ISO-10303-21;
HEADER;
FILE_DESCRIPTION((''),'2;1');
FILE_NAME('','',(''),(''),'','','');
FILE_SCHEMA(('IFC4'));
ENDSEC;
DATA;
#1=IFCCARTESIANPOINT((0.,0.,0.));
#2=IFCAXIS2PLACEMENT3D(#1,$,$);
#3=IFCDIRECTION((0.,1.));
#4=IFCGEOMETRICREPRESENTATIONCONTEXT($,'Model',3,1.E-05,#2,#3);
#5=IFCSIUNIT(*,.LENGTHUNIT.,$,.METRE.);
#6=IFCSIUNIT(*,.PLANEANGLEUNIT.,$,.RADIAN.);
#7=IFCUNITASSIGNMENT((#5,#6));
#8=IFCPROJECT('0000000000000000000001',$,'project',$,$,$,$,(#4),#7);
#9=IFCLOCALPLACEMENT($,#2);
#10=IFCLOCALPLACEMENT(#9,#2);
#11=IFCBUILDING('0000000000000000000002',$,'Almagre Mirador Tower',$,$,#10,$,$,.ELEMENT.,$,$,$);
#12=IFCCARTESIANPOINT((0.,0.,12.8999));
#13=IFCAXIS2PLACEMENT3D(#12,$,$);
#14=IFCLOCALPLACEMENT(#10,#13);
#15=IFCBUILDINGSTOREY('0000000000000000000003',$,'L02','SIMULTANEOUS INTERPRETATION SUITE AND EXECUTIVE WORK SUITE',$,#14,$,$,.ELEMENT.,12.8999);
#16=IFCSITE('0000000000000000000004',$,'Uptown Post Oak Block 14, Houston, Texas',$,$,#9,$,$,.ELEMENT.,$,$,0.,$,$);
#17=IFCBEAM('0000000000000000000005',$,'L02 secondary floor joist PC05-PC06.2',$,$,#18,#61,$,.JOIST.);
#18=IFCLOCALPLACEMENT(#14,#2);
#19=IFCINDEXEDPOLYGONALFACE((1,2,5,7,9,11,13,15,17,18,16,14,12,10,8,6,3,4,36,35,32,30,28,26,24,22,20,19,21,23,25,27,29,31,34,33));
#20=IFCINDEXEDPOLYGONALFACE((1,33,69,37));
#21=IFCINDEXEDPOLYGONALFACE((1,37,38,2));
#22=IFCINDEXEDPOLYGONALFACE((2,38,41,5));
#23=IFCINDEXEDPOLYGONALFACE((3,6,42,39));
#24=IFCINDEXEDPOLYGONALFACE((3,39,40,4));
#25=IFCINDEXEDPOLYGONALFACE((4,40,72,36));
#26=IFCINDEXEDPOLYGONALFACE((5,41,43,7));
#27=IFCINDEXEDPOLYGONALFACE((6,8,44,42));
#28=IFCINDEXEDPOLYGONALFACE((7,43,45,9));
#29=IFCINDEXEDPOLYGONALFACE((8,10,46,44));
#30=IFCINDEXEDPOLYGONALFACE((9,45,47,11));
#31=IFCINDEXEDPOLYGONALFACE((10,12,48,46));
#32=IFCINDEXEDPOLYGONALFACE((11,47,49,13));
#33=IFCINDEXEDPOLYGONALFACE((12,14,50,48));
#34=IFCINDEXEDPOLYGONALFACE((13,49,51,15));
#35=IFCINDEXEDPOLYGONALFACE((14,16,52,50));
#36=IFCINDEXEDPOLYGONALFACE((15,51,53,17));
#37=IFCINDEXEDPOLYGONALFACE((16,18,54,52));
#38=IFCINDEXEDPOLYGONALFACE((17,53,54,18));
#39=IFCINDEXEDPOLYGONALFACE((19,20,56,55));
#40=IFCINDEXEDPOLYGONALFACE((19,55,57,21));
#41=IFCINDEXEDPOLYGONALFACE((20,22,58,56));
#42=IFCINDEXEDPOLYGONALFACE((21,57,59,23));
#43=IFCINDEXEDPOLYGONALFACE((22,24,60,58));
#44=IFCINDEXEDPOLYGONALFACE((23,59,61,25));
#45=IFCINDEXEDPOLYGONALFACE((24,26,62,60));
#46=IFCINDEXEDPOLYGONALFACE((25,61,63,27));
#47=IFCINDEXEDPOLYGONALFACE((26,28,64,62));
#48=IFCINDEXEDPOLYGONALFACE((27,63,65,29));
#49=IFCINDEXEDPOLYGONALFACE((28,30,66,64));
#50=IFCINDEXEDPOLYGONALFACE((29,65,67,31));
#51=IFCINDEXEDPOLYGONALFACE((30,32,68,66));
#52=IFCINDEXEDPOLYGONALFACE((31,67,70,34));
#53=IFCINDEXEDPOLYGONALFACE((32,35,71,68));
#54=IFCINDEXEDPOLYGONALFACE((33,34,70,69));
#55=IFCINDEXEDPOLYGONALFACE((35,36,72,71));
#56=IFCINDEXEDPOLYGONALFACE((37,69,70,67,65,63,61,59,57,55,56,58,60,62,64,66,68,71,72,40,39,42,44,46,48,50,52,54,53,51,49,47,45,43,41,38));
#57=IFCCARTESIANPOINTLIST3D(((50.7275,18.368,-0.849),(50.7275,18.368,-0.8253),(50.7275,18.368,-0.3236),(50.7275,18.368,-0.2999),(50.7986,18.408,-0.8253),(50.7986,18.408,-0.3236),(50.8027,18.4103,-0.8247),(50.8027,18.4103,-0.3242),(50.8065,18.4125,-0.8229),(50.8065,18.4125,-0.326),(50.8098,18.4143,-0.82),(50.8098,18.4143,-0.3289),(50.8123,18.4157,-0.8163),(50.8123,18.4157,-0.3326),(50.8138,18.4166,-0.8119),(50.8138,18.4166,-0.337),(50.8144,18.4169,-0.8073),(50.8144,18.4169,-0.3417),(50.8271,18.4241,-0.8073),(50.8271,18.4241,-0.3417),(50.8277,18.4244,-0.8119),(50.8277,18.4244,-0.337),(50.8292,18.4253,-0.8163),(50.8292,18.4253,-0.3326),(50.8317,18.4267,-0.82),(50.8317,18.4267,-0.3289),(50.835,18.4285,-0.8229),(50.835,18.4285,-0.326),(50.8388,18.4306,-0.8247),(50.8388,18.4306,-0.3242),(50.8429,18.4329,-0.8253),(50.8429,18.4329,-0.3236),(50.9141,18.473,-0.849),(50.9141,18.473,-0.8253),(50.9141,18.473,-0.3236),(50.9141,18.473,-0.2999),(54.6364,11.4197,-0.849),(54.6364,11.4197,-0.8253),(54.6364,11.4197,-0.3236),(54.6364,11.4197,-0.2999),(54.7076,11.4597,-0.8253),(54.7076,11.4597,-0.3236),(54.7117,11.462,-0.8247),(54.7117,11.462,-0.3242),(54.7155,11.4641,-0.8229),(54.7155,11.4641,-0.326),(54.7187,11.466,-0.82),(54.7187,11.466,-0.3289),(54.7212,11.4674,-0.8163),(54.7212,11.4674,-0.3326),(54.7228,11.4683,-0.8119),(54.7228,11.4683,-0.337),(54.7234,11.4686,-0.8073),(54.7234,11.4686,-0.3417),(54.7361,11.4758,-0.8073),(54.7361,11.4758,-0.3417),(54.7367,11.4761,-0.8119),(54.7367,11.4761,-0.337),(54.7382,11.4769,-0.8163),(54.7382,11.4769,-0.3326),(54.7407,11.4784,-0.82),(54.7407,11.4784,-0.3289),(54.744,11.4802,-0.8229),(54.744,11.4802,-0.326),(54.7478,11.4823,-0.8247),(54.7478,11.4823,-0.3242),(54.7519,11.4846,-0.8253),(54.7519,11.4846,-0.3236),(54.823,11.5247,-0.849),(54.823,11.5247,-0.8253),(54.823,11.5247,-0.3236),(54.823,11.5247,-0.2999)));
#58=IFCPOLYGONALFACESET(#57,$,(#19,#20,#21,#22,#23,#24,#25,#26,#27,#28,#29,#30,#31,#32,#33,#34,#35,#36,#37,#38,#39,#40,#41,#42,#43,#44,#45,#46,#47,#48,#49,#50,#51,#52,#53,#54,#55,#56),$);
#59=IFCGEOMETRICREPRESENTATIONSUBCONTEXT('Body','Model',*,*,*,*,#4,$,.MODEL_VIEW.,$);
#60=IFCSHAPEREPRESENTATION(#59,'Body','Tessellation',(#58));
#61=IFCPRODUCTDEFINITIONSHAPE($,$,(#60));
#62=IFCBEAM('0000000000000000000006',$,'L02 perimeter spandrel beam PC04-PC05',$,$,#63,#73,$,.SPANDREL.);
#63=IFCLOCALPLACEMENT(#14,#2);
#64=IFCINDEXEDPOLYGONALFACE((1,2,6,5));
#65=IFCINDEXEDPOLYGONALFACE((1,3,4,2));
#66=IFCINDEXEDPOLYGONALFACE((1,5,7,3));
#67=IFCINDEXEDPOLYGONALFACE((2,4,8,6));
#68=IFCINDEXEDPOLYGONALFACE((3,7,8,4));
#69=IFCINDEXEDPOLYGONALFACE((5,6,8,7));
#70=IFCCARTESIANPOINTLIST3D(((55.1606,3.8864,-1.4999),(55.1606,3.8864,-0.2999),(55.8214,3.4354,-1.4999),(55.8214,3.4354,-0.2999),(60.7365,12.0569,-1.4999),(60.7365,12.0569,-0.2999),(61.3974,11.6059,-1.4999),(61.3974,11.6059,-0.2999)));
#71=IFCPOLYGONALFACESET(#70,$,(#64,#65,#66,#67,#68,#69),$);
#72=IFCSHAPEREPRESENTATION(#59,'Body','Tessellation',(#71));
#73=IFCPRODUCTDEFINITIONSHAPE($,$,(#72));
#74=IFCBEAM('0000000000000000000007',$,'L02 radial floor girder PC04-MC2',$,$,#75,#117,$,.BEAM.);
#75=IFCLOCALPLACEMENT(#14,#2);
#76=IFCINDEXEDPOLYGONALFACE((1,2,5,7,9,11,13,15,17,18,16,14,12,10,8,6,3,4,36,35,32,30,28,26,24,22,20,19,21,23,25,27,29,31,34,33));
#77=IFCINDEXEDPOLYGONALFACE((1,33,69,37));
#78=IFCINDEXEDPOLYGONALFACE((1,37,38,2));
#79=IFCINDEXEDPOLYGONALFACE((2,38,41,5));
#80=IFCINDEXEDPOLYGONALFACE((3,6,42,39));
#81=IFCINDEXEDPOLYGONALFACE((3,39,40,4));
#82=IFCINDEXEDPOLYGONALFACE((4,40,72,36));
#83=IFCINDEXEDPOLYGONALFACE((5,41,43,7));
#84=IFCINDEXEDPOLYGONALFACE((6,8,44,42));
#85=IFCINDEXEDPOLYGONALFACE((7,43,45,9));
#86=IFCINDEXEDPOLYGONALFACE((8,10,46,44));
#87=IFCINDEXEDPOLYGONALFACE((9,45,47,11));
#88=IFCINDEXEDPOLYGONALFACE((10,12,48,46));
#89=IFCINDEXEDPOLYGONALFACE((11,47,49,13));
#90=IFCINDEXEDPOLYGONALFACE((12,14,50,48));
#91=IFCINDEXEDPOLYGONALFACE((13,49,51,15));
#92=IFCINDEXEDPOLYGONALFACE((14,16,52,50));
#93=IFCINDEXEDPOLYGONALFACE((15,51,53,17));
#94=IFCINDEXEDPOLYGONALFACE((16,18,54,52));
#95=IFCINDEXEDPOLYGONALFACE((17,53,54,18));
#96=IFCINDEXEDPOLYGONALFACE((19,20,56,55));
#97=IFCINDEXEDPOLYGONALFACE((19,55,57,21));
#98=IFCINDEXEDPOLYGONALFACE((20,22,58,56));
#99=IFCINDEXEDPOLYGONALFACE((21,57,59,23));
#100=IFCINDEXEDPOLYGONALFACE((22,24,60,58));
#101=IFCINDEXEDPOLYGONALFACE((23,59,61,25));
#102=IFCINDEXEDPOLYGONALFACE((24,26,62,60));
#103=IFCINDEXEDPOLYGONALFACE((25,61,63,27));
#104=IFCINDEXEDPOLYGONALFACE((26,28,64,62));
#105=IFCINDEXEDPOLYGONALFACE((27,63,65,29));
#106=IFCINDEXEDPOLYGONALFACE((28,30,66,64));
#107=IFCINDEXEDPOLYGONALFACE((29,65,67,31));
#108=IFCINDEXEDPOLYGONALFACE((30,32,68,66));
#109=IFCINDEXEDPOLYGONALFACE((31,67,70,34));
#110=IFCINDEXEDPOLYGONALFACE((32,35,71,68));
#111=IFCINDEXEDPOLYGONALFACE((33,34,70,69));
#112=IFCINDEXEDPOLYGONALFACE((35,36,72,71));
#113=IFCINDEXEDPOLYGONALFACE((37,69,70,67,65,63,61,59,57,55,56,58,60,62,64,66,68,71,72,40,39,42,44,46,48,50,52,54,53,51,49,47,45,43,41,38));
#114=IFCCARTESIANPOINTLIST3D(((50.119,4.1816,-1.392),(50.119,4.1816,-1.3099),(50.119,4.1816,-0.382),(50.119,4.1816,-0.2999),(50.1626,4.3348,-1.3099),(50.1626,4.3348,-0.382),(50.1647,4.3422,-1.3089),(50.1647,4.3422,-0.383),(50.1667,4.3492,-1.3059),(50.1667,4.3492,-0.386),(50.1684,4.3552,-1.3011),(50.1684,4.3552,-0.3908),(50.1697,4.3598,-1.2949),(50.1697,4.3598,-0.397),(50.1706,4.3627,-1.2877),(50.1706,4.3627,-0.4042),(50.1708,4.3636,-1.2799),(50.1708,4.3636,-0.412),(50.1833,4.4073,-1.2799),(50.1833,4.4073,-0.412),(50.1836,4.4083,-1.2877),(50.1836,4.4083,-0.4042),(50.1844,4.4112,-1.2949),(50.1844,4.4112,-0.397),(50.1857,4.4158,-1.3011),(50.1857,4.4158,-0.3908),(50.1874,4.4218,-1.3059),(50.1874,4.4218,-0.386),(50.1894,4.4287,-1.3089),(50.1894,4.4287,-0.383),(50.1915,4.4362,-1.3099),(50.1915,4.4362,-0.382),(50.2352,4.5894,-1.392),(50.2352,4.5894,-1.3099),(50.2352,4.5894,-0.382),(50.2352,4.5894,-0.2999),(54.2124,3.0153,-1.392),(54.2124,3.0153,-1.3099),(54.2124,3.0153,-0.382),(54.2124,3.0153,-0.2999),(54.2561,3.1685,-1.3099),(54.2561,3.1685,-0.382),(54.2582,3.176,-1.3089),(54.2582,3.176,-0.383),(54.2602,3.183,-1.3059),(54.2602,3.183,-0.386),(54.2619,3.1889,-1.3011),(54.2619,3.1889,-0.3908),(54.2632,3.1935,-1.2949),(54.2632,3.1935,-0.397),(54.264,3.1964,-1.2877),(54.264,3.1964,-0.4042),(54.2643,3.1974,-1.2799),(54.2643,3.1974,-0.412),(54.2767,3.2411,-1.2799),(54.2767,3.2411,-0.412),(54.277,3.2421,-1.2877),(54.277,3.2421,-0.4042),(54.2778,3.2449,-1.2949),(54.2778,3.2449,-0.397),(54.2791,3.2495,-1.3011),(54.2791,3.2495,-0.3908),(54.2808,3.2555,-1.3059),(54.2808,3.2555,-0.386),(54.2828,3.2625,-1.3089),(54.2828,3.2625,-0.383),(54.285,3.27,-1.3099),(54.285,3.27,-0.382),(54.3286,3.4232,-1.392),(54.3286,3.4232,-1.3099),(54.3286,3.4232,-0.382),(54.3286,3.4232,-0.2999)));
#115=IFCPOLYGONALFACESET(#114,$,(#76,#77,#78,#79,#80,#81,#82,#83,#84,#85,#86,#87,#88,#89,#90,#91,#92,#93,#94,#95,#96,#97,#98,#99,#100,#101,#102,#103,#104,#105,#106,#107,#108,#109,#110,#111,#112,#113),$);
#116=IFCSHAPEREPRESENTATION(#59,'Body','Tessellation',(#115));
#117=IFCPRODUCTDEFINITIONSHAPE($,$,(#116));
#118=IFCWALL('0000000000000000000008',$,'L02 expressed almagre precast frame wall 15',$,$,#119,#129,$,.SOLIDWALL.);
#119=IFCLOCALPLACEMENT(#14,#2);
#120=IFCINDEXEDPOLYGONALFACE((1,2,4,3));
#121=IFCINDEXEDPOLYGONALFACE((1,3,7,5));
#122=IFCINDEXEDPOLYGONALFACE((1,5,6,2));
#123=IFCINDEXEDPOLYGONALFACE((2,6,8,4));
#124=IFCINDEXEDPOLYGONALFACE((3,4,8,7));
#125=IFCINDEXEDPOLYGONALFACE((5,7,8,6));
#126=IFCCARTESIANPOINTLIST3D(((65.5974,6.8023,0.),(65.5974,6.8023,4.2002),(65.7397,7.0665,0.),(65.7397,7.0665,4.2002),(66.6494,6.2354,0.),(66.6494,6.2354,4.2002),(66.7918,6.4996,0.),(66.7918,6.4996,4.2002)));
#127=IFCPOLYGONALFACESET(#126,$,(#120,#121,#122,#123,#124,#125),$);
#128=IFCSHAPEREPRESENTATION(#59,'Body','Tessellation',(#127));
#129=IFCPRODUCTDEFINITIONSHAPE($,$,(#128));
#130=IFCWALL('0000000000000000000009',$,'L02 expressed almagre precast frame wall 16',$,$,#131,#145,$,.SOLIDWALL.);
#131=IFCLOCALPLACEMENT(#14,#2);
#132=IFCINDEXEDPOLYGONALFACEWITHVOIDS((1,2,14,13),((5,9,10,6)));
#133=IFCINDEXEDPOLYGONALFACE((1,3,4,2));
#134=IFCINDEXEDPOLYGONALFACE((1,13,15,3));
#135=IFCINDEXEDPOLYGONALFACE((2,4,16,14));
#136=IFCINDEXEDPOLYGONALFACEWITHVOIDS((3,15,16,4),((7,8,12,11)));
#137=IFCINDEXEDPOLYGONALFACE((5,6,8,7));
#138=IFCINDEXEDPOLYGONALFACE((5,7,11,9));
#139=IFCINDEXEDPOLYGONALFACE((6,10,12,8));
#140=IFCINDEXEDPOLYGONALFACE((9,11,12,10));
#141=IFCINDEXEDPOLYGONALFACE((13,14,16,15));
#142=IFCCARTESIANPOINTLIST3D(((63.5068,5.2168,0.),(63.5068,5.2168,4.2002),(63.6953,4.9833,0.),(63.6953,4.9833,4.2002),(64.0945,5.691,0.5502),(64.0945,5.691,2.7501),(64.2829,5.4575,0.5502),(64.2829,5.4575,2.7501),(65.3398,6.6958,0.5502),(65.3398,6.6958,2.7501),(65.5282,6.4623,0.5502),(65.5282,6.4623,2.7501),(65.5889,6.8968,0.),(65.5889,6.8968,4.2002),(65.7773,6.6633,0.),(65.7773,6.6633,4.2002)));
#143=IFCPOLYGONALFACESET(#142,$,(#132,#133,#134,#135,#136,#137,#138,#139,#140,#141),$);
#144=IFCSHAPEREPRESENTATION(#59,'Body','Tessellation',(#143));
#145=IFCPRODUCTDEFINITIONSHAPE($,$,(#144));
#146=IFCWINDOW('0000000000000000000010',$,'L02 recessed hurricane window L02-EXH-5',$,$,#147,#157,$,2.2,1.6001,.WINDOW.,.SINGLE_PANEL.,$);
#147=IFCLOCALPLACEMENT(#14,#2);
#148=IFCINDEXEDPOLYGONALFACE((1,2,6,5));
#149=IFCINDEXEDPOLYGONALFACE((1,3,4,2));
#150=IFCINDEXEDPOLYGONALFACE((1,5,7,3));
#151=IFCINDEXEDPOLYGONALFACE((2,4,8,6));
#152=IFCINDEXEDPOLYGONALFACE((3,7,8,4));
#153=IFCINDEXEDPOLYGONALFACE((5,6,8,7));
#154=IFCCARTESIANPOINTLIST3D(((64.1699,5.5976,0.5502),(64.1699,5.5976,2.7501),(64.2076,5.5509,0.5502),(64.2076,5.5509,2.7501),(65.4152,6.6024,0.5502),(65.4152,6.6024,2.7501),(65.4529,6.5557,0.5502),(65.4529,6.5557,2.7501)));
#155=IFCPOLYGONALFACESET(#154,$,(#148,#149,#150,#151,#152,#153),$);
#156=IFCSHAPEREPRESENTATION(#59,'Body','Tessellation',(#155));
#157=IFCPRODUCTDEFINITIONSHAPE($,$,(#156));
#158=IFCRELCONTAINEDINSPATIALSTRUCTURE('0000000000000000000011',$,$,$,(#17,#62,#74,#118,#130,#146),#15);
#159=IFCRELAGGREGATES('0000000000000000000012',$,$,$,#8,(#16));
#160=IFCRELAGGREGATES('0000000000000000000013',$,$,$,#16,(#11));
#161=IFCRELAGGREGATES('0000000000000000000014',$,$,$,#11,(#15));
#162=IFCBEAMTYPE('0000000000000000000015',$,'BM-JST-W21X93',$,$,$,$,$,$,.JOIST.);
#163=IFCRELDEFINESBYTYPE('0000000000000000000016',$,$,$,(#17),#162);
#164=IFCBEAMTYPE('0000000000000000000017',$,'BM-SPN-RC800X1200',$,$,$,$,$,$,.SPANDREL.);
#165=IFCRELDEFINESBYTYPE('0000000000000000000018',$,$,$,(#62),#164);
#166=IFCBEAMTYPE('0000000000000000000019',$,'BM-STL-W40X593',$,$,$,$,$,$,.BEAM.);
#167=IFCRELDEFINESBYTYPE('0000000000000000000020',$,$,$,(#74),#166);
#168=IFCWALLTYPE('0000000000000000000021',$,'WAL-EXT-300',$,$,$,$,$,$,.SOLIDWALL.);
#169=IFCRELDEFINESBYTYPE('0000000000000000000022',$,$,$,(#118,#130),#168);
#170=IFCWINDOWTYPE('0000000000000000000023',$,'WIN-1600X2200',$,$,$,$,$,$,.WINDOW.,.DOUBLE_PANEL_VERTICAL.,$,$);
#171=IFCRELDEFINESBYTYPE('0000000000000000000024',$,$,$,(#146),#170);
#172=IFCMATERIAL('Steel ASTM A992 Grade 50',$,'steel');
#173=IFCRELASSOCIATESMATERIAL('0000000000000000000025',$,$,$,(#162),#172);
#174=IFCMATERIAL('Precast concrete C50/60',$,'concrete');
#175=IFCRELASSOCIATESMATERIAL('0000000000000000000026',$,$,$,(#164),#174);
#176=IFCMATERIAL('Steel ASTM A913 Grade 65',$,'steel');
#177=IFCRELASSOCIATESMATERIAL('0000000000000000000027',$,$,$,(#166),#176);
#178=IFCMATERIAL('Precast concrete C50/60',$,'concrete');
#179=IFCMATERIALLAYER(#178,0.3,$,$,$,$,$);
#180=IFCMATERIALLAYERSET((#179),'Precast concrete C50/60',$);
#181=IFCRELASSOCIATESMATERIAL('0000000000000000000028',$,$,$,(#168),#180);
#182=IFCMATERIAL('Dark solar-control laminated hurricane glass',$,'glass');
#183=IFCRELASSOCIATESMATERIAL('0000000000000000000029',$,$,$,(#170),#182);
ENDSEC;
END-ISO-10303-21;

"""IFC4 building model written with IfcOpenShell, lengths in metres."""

from ifc_helpers import new_model, si_unit, direction, frame, frame_2d, origin, origin_2d, place, context, subcontext, project, spatial, rectangle, i_section, extrude, material, layer, layer_set, material_profile, profile_set, type_object, element, fill, save


model = new_model("IFC4")

# Units and contexts
model_context = context("Model", 3, precision=1e-05, world=origin(), true_north=direction((0.0, 1.0)))
body_context = subcontext(model_context, "Body", "Model", "MODEL_VIEW")
ifc_project = project(units=[si_unit("LENGTHUNIT", "METRE"), si_unit("PLANEANGLEUNIT", "RADIAN")], contexts=[model_context])

# Site, building, storey
site_placement = place(None, origin())
site = spatial("IfcSite", under=ifc_project, at=site_placement, Name="Uptown Post Oak Block 14, Houston, Texas", CompositionType="ELEMENT", RefElevation=0.0)
building_placement = place(site_placement, origin())
building = spatial("IfcBuilding", under=site, at=building_placement, Name="Almagre Mirador Tower", CompositionType="ELEMENT")
storey_placement = place(building_placement, frame((0.0, 0.0, 12.8999)))
storey = spatial("IfcBuildingStorey", under=building, at=storey_placement, Name="L02", Description="SIMULTANEOUS INTERPRETATION SUITE AND EXECUTIVE WORK SUITE", CompositionType="ELEMENT", Elevation=12.8999)

# Beams
ifc_material_1 = material(Name="Steel ASTM A992 Grade 50", Category="steel")
ifc_material_profile_1 = material_profile(ifc_material_1, i_section(OverallWidth=0.2141, OverallDepth=0.5491, WebThickness=0.0146, FlangeThickness=0.0237, FilletRadius=0.0181, at=origin_2d()), Name="W21X93")
ifc_profile_set_1 = profile_set([ifc_material_profile_1], Name="Steel ASTM A992 Grade 50")
beam_type_1 = type_object("IfcBeamType", Name="BM-JST-W21X93", PredefinedType="JOIST", material=ifc_profile_set_1)
beam_1_placement = place(storey_placement, frame((54.7297, 11.4722, -0.5745), z_axis=(-0.490314, 0.871546, 0.0), x_axis=(-0.871546, -0.490314, 0.0)))
element("IfcBeam", 1, at=beam_1_placement, inside=storey, type_object=beam_type_1, Name="L02 secondary floor joist PC05-PC06.2", PredefinedType="JOIST", context=body_context, shape_type="SweptSolid", body=[
    extrude(i_section(OverallWidth=0.2141, OverallDepth=0.5491, WebThickness=0.0146, FlangeThickness=0.0237, FilletRadius=0.0181, at=origin_2d()), origin(), (0.0, 0.0, 1.0), 7.9724),
])
ifc_material_2 = material(Name="Precast concrete C50/60", Category="concrete")
ifc_material_profile_2 = material_profile(ifc_material_2, rectangle(XDim=0.8, YDim=1.2, at=origin_2d()), Name="RC800X1200")
ifc_profile_set_2 = profile_set([ifc_material_profile_2], Name="Precast concrete C50/60")
beam_type_2 = type_object("IfcBeamType", Name="BM-SPN-RC800X1200", PredefinedType="SPANDREL", material=ifc_profile_set_2)
beam_2_placement = place(storey_placement, frame((55.491, 3.6609, -0.8999), z_axis=(0.563695, 0.825983, 0.0), x_axis=(-0.825983, 0.563695, 0.0)))
element("IfcBeam", 2, at=beam_2_placement, inside=storey, type_object=beam_type_2, Name="L02 perimeter spandrel beam PC04-PC05", PredefinedType="SPANDREL", context=body_context, shape_type="SweptSolid", body=[
    extrude(rectangle(XDim=0.8, YDim=1.2, at=origin_2d()), origin(), (0.0, 0.0, 1.0), 9.8918),
])
ifc_material_3 = material(Name="Steel ASTM A913 Grade 65", Category="steel")
ifc_material_profile_3 = material_profile(ifc_material_3, i_section(OverallWidth=0.4241, OverallDepth=1.092, WebThickness=0.0454, FlangeThickness=0.082, FilletRadius=0.03, at=origin_2d()), Name="W40X593")
ifc_profile_set_3 = profile_set([ifc_material_profile_3], Name="Steel ASTM A913 Grade 65")
beam_type_3 = type_object("IfcBeamType", Name="BM-STL-W40X593", PredefinedType="BEAM", material=ifc_profile_set_3)
beam_3_placement = place(storey_placement, frame((54.2705, 3.2192, -0.8459), z_axis=(-0.961729, 0.274001, 0.0), x_axis=(-0.274001, -0.961729, 0.0)))
element("IfcBeam", 3, at=beam_3_placement, inside=storey, type_object=beam_type_3, Name="L02 radial floor girder PC04-MC2", PredefinedType="BEAM", context=body_context, shape_type="SweptSolid", body=[
    extrude(i_section(OverallWidth=0.4241, OverallDepth=1.092, WebThickness=0.0454, FlangeThickness=0.082, FilletRadius=0.03, at=origin_2d()), origin(), (0.0, 0.0, 1.0), 4.2563),
])

# Wall
ifc_material_4 = material(Name="Precast concrete C50/60", Category="concrete")
ifc_layer_1 = layer(ifc_material_4, 0.3)
ifc_layer_set_1 = layer_set([ifc_layer_1], Name="Precast concrete C50/60")
wall_type_1 = type_object("IfcWallType", Name="WAL-EXT-300", PredefinedType="SOLIDWALL", material=ifc_layer_set_1)
wall_1_placement = place(storey_placement, frame((66.7207, 6.3674, 0.0), z_axis=(0.0, 0.0, 1.0), x_axis=(-0.88032, 0.47438, 0.0)))
element("IfcWall", 4, at=wall_1_placement, inside=storey, type_object=wall_type_1, Name="L02 expressed almagre precast frame wall 15", PredefinedType="SOLIDWALL", context=body_context, shape_type="SweptSolid", body=[
    extrude(rectangle(XDim=1.1951, YDim=0.3, at=frame_2d((0.5977, 0.0))), origin(), (0.0, 0.0, 1.0), 4.2002),
])

# Wall, opening, window
wall_2_placement = place(storey_placement, frame((65.6831, 6.78, 0.0), z_axis=(0.0, 0.0, 1.0), x_axis=(-0.778253, -0.62795, 0.0)))
wall_2 = element("IfcWall", 5, at=wall_2_placement, inside=storey, type_object=wall_type_1, Name="L02 expressed almagre precast frame wall 16", PredefinedType="SOLIDWALL", context=body_context, shape_type="SweptSolid", body=[
    extrude(rectangle(XDim=2.6753, YDim=0.3, at=frame_2d((1.3376, 0.0))), origin(), (0.0, 0.0, 1.0), 4.2002),
])
opening_1_placement = place(wall_2_placement, frame((0.3201, 0.0, 0.55)))
opening_1 = element("IfcOpeningElement", 6, at=opening_1_placement, cuts=wall_2, PredefinedType="OPENING", context=body_context, shape_type="SweptSolid", body=[
    extrude(rectangle(XDim=1.6001, YDim=2.2, at=frame_2d((0.8, 1.1001))), frame((0.0, 0.1599, 0.0), z_axis=(0.0, -1.0, 0.0), x_axis=(1.0, 0.0, 0.0)), (0.0, 0.0, 1.0), 0.32),
])
ifc_material_5 = material(Name="Dark solar-control laminated hurricane glass", Category="glass")
window_type_1 = type_object("IfcWindowType", Name="WIN-1600X2200", PartitioningType="DOUBLE_PANEL_VERTICAL", PredefinedType="WINDOW", material=ifc_material_5)
window_1_placement = place(opening_1_placement, origin())
window_1 = element("IfcWindow", 7, at=window_1_placement, inside=storey, type_object=window_type_1, Name="L02 recessed hurricane window L02-EXH-5", OverallHeight=2.2, OverallWidth=1.6001, PartitioningType="SINGLE_PANEL", PredefinedType="WINDOW", context=body_context, shape_type="SweptSolid", body=[
    extrude(rectangle(XDim=1.6001, YDim=2.2, at=frame_2d((0.8, 1.1001))), frame((0.0, 0.03, 0.0), z_axis=(0.0, -1.0, 0.0), x_axis=(1.0, 0.0, 0.0)), (0.0, 0.0, 1.0), 0.0601),
])
fill(opening_1, window_1)

save(model, "model.ifc")
